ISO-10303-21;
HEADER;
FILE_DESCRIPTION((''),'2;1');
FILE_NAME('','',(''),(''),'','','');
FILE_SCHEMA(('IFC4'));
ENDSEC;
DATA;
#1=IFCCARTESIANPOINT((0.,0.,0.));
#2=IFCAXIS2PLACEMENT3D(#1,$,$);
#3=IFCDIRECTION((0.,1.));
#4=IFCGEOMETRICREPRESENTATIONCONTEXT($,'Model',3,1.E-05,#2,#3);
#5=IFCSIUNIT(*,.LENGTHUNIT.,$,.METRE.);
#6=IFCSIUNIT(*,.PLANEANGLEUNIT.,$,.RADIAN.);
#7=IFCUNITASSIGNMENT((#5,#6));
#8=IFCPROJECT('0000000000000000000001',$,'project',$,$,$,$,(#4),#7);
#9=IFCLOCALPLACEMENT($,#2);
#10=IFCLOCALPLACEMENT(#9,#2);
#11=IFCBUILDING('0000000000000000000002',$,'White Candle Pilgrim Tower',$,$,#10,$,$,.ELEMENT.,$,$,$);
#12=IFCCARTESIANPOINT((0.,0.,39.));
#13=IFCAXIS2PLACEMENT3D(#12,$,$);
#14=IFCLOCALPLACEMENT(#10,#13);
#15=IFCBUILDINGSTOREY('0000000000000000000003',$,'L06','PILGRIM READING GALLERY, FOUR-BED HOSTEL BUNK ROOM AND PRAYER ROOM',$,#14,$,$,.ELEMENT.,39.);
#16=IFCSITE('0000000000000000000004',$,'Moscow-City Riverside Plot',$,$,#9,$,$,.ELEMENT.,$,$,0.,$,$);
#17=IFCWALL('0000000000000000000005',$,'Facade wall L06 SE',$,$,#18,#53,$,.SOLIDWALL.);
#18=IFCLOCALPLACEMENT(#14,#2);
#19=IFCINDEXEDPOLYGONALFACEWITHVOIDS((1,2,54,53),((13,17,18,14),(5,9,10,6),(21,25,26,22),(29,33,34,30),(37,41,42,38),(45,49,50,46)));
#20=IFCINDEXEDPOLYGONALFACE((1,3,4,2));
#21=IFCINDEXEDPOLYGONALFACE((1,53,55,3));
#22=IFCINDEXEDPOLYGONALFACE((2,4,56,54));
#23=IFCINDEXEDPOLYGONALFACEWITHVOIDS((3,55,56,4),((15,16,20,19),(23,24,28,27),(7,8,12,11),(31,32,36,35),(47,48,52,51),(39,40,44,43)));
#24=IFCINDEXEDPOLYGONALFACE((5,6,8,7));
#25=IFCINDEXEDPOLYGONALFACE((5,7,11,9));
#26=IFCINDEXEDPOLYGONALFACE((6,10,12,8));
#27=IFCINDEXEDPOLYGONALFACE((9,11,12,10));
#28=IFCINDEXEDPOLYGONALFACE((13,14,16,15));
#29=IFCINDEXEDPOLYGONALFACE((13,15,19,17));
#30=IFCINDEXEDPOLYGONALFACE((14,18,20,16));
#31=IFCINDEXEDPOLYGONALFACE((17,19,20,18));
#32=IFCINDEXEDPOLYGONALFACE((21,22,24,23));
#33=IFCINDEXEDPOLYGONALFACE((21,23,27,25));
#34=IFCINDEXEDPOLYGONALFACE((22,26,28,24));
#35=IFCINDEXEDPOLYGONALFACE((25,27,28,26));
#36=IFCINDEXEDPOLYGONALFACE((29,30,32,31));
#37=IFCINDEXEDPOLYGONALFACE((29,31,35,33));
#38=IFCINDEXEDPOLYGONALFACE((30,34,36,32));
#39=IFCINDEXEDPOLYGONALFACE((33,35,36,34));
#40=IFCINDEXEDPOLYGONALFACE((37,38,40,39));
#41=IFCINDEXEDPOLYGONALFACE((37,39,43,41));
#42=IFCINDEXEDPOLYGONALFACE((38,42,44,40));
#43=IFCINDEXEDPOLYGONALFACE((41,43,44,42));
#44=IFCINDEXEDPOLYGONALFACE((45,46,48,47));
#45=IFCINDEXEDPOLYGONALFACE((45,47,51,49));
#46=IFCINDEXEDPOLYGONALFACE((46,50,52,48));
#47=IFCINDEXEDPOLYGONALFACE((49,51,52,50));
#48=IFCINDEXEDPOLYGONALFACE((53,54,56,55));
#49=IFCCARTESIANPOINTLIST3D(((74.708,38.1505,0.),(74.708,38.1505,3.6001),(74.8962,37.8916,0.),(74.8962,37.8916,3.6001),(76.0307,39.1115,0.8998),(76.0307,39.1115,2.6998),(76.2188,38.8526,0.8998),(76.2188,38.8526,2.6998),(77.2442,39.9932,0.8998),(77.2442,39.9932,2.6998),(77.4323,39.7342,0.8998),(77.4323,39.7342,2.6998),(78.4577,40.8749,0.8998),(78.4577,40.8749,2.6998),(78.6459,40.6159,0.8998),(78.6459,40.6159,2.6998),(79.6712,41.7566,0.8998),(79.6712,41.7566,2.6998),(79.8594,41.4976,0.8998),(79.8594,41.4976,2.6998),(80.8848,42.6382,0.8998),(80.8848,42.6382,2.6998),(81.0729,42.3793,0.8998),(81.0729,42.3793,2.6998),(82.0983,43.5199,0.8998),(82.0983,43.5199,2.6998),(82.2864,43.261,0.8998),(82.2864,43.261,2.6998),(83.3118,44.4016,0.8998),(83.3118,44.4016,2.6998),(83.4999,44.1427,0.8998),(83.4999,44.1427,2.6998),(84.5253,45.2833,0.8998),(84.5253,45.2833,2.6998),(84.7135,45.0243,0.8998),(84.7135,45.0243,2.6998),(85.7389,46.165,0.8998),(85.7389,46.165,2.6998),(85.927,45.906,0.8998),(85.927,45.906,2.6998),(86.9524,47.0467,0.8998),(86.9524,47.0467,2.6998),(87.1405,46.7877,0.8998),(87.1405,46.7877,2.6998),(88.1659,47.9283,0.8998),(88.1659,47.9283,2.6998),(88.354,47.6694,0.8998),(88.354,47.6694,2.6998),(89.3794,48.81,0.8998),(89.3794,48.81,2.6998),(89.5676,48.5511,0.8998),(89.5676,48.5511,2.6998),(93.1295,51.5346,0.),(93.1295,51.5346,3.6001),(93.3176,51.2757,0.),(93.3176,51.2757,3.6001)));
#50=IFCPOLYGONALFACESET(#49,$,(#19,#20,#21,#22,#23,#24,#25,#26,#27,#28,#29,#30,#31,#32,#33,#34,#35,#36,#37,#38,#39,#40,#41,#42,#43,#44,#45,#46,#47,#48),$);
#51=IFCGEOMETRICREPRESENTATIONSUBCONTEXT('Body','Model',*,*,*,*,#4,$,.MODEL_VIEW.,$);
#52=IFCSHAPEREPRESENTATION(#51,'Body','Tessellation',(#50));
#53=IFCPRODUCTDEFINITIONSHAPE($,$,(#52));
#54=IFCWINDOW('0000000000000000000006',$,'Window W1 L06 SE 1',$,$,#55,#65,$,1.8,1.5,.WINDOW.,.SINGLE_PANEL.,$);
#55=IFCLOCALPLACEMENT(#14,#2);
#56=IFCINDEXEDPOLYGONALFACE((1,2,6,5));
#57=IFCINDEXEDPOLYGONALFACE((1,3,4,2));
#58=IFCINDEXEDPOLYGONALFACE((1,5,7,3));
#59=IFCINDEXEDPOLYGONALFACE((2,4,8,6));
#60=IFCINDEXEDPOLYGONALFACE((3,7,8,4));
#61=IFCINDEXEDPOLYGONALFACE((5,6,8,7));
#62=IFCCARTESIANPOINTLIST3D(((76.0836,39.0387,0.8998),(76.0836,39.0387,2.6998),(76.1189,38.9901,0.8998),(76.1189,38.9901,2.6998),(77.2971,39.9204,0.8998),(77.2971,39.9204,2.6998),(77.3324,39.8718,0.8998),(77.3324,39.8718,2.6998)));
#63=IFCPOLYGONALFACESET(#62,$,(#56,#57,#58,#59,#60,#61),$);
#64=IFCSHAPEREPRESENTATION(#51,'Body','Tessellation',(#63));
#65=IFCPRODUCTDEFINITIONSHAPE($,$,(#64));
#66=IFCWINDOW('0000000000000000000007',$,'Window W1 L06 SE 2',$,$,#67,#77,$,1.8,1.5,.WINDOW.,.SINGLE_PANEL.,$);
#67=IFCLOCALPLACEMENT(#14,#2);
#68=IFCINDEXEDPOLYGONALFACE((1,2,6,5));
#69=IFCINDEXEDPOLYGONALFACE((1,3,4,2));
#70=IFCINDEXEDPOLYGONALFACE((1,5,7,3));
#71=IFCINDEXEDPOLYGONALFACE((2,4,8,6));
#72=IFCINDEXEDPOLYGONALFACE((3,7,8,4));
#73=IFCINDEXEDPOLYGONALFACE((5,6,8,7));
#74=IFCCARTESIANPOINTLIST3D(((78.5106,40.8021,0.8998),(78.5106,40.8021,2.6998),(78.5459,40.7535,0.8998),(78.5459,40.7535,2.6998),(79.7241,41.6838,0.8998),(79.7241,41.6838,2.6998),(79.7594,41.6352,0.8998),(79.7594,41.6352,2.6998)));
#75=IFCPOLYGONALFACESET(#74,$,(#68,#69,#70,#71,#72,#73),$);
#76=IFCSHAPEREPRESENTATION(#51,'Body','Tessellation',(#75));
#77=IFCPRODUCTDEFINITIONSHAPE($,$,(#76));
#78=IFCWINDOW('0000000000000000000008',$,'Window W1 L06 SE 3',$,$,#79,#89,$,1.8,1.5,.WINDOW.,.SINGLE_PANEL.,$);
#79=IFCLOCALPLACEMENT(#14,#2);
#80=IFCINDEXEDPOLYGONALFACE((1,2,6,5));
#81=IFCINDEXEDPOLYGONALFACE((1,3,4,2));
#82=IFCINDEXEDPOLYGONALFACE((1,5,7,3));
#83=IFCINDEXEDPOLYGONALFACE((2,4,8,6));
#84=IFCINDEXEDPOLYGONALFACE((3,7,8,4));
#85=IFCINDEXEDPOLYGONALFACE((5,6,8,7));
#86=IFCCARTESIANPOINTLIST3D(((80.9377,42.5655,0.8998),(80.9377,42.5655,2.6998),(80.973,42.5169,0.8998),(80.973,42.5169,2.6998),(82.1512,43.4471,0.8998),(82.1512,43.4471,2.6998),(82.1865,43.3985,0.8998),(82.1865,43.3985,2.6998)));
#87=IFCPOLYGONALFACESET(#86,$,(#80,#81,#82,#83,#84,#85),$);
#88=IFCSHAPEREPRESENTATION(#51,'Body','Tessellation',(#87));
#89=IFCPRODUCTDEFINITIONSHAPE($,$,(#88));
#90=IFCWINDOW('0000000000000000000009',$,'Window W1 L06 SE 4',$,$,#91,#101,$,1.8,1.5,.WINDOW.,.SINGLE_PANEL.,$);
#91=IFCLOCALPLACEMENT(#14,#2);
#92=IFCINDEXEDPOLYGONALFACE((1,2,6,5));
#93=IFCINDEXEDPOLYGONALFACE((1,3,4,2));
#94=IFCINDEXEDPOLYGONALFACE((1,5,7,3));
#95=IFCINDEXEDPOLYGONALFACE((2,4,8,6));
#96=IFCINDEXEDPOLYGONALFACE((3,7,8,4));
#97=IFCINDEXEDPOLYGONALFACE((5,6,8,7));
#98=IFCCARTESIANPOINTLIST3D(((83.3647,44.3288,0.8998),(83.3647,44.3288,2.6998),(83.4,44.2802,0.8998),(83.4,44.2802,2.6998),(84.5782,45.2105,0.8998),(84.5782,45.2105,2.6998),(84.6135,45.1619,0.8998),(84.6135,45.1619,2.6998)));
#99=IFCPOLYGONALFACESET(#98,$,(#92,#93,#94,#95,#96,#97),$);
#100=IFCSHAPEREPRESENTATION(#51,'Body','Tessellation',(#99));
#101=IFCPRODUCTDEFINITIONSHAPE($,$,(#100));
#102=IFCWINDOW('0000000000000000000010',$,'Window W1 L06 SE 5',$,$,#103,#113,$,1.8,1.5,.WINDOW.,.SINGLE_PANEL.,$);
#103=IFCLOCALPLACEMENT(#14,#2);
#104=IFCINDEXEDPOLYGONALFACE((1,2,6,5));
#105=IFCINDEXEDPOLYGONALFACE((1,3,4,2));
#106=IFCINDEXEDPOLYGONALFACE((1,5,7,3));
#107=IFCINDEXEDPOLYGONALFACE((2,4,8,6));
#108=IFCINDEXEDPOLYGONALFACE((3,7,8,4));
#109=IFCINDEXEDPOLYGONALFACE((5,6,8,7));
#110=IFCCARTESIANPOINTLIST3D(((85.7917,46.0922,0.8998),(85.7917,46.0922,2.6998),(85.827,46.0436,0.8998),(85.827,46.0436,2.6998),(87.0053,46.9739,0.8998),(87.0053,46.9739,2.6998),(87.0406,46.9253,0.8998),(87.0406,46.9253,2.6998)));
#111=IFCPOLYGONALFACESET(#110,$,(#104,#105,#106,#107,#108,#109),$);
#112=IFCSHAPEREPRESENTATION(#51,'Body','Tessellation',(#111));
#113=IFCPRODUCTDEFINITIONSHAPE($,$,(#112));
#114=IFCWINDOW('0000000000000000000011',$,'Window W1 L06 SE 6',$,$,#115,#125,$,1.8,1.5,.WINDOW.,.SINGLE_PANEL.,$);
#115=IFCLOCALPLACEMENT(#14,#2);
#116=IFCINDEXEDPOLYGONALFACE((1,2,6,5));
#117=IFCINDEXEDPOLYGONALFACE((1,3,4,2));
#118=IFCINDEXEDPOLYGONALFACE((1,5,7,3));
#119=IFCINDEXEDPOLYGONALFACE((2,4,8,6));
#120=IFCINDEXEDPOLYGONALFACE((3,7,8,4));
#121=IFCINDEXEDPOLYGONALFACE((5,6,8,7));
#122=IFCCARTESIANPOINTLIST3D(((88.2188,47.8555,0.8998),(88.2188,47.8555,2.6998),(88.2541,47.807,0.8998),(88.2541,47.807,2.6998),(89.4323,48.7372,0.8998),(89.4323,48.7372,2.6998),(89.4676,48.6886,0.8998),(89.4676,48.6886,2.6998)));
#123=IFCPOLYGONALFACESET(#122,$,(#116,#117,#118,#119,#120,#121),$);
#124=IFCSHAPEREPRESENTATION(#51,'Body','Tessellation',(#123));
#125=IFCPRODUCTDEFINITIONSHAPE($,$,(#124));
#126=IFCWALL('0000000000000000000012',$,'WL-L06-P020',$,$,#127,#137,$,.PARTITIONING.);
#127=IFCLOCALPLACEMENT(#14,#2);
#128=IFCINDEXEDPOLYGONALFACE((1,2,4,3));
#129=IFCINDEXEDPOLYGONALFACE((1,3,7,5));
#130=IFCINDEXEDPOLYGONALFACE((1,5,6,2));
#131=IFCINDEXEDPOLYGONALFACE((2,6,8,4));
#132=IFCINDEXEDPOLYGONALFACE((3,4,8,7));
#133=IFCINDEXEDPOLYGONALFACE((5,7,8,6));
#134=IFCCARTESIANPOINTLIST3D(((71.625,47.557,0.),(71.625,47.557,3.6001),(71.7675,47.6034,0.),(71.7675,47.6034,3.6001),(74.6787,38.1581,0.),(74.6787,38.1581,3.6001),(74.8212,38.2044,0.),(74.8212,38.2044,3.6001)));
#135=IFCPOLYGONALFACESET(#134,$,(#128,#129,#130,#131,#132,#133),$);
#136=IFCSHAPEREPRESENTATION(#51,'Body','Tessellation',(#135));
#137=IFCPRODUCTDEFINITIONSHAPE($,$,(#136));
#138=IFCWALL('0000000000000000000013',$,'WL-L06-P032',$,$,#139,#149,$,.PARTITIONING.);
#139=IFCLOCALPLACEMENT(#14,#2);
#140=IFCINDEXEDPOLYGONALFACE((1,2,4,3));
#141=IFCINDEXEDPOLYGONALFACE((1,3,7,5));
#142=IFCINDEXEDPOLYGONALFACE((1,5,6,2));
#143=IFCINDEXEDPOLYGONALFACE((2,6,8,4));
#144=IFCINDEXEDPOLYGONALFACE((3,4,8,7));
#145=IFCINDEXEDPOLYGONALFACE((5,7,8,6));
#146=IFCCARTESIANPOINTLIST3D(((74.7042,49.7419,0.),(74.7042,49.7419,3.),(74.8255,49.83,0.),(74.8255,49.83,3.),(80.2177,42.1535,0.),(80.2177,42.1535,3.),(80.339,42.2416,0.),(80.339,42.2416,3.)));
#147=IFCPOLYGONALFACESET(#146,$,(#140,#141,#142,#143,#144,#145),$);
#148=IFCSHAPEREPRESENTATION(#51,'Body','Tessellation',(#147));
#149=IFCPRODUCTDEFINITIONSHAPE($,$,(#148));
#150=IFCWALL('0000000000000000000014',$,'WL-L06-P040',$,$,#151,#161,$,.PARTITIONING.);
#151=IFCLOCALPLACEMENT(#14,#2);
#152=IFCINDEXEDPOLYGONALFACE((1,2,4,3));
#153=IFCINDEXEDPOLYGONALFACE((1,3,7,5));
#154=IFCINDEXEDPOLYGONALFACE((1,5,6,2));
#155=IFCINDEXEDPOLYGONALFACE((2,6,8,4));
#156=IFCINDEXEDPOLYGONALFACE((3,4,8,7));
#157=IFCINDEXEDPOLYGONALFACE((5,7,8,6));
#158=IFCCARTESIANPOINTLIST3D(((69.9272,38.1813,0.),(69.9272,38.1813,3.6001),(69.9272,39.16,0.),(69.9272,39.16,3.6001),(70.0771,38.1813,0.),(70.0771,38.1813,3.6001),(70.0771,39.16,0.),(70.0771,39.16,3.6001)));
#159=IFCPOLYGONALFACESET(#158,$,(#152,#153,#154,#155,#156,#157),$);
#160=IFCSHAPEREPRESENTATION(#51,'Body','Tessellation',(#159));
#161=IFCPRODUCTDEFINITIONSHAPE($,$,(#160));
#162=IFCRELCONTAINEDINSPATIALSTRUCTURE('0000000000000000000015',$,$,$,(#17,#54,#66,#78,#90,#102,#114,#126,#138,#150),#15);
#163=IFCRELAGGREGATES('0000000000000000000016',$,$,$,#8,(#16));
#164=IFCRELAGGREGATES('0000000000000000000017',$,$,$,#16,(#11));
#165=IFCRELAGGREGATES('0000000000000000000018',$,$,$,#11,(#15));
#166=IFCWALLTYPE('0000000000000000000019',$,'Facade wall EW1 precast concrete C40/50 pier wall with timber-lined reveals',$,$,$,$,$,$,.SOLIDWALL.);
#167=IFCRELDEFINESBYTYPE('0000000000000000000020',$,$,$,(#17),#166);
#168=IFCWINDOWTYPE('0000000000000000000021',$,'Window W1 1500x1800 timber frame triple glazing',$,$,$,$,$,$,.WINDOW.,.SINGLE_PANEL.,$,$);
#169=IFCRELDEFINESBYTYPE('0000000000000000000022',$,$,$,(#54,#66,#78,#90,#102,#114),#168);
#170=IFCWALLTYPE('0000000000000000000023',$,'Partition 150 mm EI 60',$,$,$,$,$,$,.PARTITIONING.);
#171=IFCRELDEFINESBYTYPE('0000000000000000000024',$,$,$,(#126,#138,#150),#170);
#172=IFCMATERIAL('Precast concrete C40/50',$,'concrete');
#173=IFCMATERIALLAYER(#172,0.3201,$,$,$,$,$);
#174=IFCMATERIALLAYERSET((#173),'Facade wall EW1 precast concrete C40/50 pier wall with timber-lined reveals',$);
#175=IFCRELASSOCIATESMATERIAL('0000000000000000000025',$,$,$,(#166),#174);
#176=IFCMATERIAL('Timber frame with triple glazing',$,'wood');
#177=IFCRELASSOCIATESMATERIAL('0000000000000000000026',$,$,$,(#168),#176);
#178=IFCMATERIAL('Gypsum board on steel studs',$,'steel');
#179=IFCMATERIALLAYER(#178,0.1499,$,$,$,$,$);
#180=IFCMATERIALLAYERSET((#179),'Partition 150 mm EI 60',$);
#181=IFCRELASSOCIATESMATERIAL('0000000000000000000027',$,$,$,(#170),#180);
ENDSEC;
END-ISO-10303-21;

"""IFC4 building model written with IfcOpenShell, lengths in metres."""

from ifc_helpers import new_model, si_unit, direction, frame, frame_2d, origin, place, context, subcontext, project, spatial, rectangle, extrude, material, layer, layer_set, type_object, element, fill, save


model = new_model("IFC4")

# Units and contexts
model_context = context("Model", 3, precision=1e-05, world=origin(), true_north=direction((0.0, 1.0)))
body_context = subcontext(model_context, "Body", "Model", "MODEL_VIEW")
ifc_project = project(units=[si_unit("LENGTHUNIT", "METRE"), si_unit("PLANEANGLEUNIT", "RADIAN")], contexts=[model_context])

# Site, building, storey
site_placement = place(None, origin())
site = spatial("IfcSite", under=ifc_project, at=site_placement, Name="Moscow-City Riverside Plot", CompositionType="ELEMENT", RefElevation=0.0)
building_placement = place(site_placement, origin())
building = spatial("IfcBuilding", under=site, at=building_placement, Name="White Candle Pilgrim Tower", CompositionType="ELEMENT")
storey_placement = place(building_placement, frame((0.0, 0.0, 39.0)))
storey = spatial("IfcBuildingStorey", under=building, at=storey_placement, Name="L06", Description="PILGRIM READING GALLERY, FOUR-BED HOSTEL BUNK ROOM AND PRAYER ROOM", CompositionType="ELEMENT", Elevation=39.0)

# Shared definitions
ifc_material_1 = material(Name="Gypsum board on steel studs", Category="steel")

# Wall, openings, windows
ifc_material_2 = material(Name="Precast concrete C40/50", Category="concrete")
ifc_layer_1 = layer(ifc_material_2, 0.3201)
ifc_layer_set_1 = layer_set([ifc_layer_1], Name="Facade wall EW1 precast concrete C40/50 pier wall with timber-lined reveals")
wall_type_1 = type_object("IfcWallType", Name="Facade wall EW1 precast concrete C40/50 pier wall with timber-lined reveals", PredefinedType="SOLIDWALL", material=ifc_layer_set_1)
wall_1_placement = place(storey_placement, frame((74.802, 38.021, 0.0), z_axis=(0.0, 0.0, 1.0), x_axis=(0.809015, 0.587788, 0.0)))
wall_1 = element("IfcWall", 1, at=wall_1_placement, inside=storey, type_object=wall_type_1, Name="Facade wall L06 SE", PredefinedType="SOLIDWALL", context=body_context, shape_type="SweptSolid", body=[
    extrude(rectangle(XDim=22.7703, YDim=0.3201, at=frame_2d((11.3853, 0.0))), origin(), (0.0, 0.0, 1.0), 3.6001),
])
opening_1_placement = place(wall_1_placement, frame((1.635, 0.0, 0.8999)))
opening_1 = element("IfcOpeningElement", 2, at=opening_1_placement, cuts=wall_1, PredefinedType="OPENING", context=body_context, shape_type="SweptSolid", body=[
    extrude(rectangle(XDim=1.5, YDim=1.8, at=frame_2d((0.75, 0.8999))), frame((0.0, 0.1699, 0.0), z_axis=(0.0, -1.0, 0.0), x_axis=(1.0, 0.0, 0.0)), (0.0, 0.0, 1.0), 0.3401),
])
opening_2_placement = place(wall_1_placement, frame((4.635, 0.0, 0.8999)))
opening_2 = element("IfcOpeningElement", 3, at=opening_2_placement, cuts=wall_1, PredefinedType="OPENING", context=body_context, shape_type="SweptSolid", body=[
    extrude(rectangle(XDim=1.5, YDim=1.8, at=frame_2d((0.75, 0.8999))), frame((0.0, 0.1699, 0.0), z_axis=(0.0, -1.0, 0.0), x_axis=(1.0, 0.0, 0.0)), (0.0, 0.0, 1.0), 0.3401),
])
opening_3_placement = place(wall_1_placement, frame((7.635, 0.0, 0.8999)))
opening_3 = element("IfcOpeningElement", 4, at=opening_3_placement, cuts=wall_1, PredefinedType="OPENING", context=body_context, shape_type="SweptSolid", body=[
    extrude(rectangle(XDim=1.5, YDim=1.8, at=frame_2d((0.75, 0.8999))), frame((0.0, 0.1699, 0.0), z_axis=(0.0, -1.0, 0.0), x_axis=(1.0, 0.0, 0.0)), (0.0, 0.0, 1.0), 0.3401),
])
opening_4_placement = place(wall_1_placement, frame((10.635, 0.0, 0.8999)))
opening_4 = element("IfcOpeningElement", 5, at=opening_4_placement, cuts=wall_1, PredefinedType="OPENING", context=body_context, shape_type="SweptSolid", body=[
    extrude(rectangle(XDim=1.5, YDim=1.8, at=frame_2d((0.75, 0.8999))), frame((0.0, 0.1699, 0.0), z_axis=(0.0, -1.0, 0.0), x_axis=(1.0, 0.0, 0.0)), (0.0, 0.0, 1.0), 0.3401),
])
opening_5_placement = place(wall_1_placement, frame((13.635, 0.0, 0.8999)))
opening_5 = element("IfcOpeningElement", 6, at=opening_5_placement, cuts=wall_1, PredefinedType="OPENING", context=body_context, shape_type="SweptSolid", body=[
    extrude(rectangle(XDim=1.5, YDim=1.8, at=frame_2d((0.75, 0.8999))), frame((0.0, 0.1699, 0.0), z_axis=(0.0, -1.0, 0.0), x_axis=(1.0, 0.0, 0.0)), (0.0, 0.0, 1.0), 0.3401),
])
opening_6_placement = place(wall_1_placement, frame((16.635, 0.0, 0.8999)))
opening_6 = element("IfcOpeningElement", 7, at=opening_6_placement, cuts=wall_1, PredefinedType="OPENING", context=body_context, shape_type="SweptSolid", body=[
    extrude(rectangle(XDim=1.5, YDim=1.8, at=frame_2d((0.75, 0.8999))), frame((0.0, 0.1699, 0.0), z_axis=(0.0, -1.0, 0.0), x_axis=(1.0, 0.0, 0.0)), (0.0, 0.0, 1.0), 0.3401),
])
ifc_material_3 = material(Name="Timber frame with triple glazing", Category="wood")
window_type = type_object("IfcWindowType", Name="Window W1 1500x1800 timber frame triple glazing", PartitioningType="SINGLE_PANEL", PredefinedType="WINDOW", material=ifc_material_3)
window_1_placement = place(opening_1_placement, origin())
window_1 = element("IfcWindow", 8, at=window_1_placement, inside=storey, type_object=window_type, Name="Window W1 L06 SE 1", OverallHeight=1.8, OverallWidth=1.5, PartitioningType="SINGLE_PANEL", PredefinedType="WINDOW", context=body_context, shape_type="SweptSolid", body=[
    extrude(rectangle(XDim=1.5, YDim=1.8, at=frame_2d((0.75, 0.8999))), frame((0.0, 0.0701, 0.0), z_axis=(0.0, -1.0, 0.0), x_axis=(1.0, 0.0, 0.0)), (0.0, 0.0, 1.0), 0.0601),
])
fill(opening_1, window_1)
window_2_placement = place(opening_2_placement, origin())
window_2 = element("IfcWindow", 9, at=window_2_placement, inside=storey, type_object=window_type, Name="Window W1 L06 SE 2", OverallHeight=1.8, OverallWidth=1.5, PartitioningType="SINGLE_PANEL", PredefinedType="WINDOW", context=body_context, shape_type="SweptSolid", body=[
    extrude(rectangle(XDim=1.5, YDim=1.8, at=frame_2d((0.75, 0.8999))), frame((0.0, 0.0701, 0.0), z_axis=(0.0, -1.0, 0.0), x_axis=(1.0, 0.0, 0.0)), (0.0, 0.0, 1.0), 0.0601),
])
fill(opening_2, window_2)
window_3_placement = place(opening_3_placement, origin())
window_3 = element("IfcWindow", 10, at=window_3_placement, inside=storey, type_object=window_type, Name="Window W1 L06 SE 3", OverallHeight=1.8, OverallWidth=1.5, PartitioningType="SINGLE_PANEL", PredefinedType="WINDOW", context=body_context, shape_type="SweptSolid", body=[
    extrude(rectangle(XDim=1.5, YDim=1.8, at=frame_2d((0.75, 0.8999))), frame((0.0, 0.0701, 0.0), z_axis=(0.0, -1.0, 0.0), x_axis=(1.0, 0.0, 0.0)), (0.0, 0.0, 1.0), 0.0601),
])
fill(opening_3, window_3)
window_4_placement = place(opening_4_placement, origin())
window_4 = element("IfcWindow", 11, at=window_4_placement, inside=storey, type_object=window_type, Name="Window W1 L06 SE 4", OverallHeight=1.8, OverallWidth=1.5, PartitioningType="SINGLE_PANEL", PredefinedType="WINDOW", context=body_context, shape_type="SweptSolid", body=[
    extrude(rectangle(XDim=1.5, YDim=1.8, at=frame_2d((0.75, 0.8999))), frame((0.0, 0.0701, 0.0), z_axis=(0.0, -1.0, 0.0), x_axis=(1.0, 0.0, 0.0)), (0.0, 0.0, 1.0), 0.0601),
])
fill(opening_4, window_4)
window_5_placement = place(opening_5_placement, origin())
window_5 = element("IfcWindow", 12, at=window_5_placement, inside=storey, type_object=window_type, Name="Window W1 L06 SE 5", OverallHeight=1.8, OverallWidth=1.5, PartitioningType="SINGLE_PANEL", PredefinedType="WINDOW", context=body_context, shape_type="SweptSolid", body=[
    extrude(rectangle(XDim=1.5, YDim=1.8, at=frame_2d((0.75, 0.8999))), frame((0.0, 0.0701, 0.0), z_axis=(0.0, -1.0, 0.0), x_axis=(1.0, 0.0, 0.0)), (0.0, 0.0, 1.0), 0.0601),
])
fill(opening_5, window_5)
window_6_placement = place(opening_6_placement, origin())
window_6 = element("IfcWindow", 13, at=window_6_placement, inside=storey, type_object=window_type, Name="Window W1 L06 SE 6", OverallHeight=1.8, OverallWidth=1.5, PartitioningType="SINGLE_PANEL", PredefinedType="WINDOW", context=body_context, shape_type="SweptSolid", body=[
    extrude(rectangle(XDim=1.5, YDim=1.8, at=frame_2d((0.75, 0.8999))), frame((0.0, 0.0701, 0.0), z_axis=(0.0, -1.0, 0.0), x_axis=(1.0, 0.0, 0.0)), (0.0, 0.0, 1.0), 0.0601),
])
fill(opening_6, window_6)

# Walls
ifc_layer_2 = layer(ifc_material_1, 0.1499)
ifc_layer_set_2 = layer_set([ifc_layer_2], Name="Partition 150 mm EI 60")
wall_type_2 = type_object("IfcWallType", Name="Partition 150 mm EI 60", PredefinedType="PARTITIONING", material=ifc_layer_set_2)
wall_2_placement = place(storey_placement, frame((74.75, 38.1812, 0.0), z_axis=(0.0, 0.0, 1.0), x_axis=(-0.309, 0.951062, 0.0)))
element("IfcWall", 14, at=wall_2_placement, inside=storey, type_object=wall_type_2, Name="WL-L06-P020", PredefinedType="PARTITIONING", context=body_context, shape_type="SweptSolid", body=[
    extrude(rectangle(XDim=9.8826, YDim=0.1499, at=frame_2d((4.9414, 0.0))), origin(), (0.0, 0.0, 1.0), 3.6001),
])
wall_3_placement = place(storey_placement, frame((80.2783, 42.1975, 0.0), z_axis=(0.0, 0.0, 1.0), x_axis=(-0.587796, 0.80901, 0.0)))
element("IfcWall", 15, at=wall_3_placement, inside=storey, type_object=wall_type_2, Name="WL-L06-P032", PredefinedType="PARTITIONING", context=body_context, shape_type="SweptSolid", body=[
    extrude(rectangle(XDim=9.3799, YDim=0.1499, at=frame_2d((4.6899, 0.0))), origin(), (0.0, 0.0, 1.0), 3.0),
])
wall_4_placement = place(storey_placement, frame((70.0022, 39.1599, 0.0), z_axis=(0.0, 0.0, 1.0), x_axis=(0.0, -1.0, 0.0)))
element("IfcWall", 16, at=wall_4_placement, inside=storey, type_object=wall_type_2, Name="WL-L06-P040", PredefinedType="PARTITIONING", context=body_context, shape_type="SweptSolid", body=[
    extrude(rectangle(XDim=0.9788, YDim=0.1499, at=frame_2d((0.4893, 0.0))), origin(), (0.0, 0.0, 1.0), 3.6001),
])

save(model, "model.ifc")
